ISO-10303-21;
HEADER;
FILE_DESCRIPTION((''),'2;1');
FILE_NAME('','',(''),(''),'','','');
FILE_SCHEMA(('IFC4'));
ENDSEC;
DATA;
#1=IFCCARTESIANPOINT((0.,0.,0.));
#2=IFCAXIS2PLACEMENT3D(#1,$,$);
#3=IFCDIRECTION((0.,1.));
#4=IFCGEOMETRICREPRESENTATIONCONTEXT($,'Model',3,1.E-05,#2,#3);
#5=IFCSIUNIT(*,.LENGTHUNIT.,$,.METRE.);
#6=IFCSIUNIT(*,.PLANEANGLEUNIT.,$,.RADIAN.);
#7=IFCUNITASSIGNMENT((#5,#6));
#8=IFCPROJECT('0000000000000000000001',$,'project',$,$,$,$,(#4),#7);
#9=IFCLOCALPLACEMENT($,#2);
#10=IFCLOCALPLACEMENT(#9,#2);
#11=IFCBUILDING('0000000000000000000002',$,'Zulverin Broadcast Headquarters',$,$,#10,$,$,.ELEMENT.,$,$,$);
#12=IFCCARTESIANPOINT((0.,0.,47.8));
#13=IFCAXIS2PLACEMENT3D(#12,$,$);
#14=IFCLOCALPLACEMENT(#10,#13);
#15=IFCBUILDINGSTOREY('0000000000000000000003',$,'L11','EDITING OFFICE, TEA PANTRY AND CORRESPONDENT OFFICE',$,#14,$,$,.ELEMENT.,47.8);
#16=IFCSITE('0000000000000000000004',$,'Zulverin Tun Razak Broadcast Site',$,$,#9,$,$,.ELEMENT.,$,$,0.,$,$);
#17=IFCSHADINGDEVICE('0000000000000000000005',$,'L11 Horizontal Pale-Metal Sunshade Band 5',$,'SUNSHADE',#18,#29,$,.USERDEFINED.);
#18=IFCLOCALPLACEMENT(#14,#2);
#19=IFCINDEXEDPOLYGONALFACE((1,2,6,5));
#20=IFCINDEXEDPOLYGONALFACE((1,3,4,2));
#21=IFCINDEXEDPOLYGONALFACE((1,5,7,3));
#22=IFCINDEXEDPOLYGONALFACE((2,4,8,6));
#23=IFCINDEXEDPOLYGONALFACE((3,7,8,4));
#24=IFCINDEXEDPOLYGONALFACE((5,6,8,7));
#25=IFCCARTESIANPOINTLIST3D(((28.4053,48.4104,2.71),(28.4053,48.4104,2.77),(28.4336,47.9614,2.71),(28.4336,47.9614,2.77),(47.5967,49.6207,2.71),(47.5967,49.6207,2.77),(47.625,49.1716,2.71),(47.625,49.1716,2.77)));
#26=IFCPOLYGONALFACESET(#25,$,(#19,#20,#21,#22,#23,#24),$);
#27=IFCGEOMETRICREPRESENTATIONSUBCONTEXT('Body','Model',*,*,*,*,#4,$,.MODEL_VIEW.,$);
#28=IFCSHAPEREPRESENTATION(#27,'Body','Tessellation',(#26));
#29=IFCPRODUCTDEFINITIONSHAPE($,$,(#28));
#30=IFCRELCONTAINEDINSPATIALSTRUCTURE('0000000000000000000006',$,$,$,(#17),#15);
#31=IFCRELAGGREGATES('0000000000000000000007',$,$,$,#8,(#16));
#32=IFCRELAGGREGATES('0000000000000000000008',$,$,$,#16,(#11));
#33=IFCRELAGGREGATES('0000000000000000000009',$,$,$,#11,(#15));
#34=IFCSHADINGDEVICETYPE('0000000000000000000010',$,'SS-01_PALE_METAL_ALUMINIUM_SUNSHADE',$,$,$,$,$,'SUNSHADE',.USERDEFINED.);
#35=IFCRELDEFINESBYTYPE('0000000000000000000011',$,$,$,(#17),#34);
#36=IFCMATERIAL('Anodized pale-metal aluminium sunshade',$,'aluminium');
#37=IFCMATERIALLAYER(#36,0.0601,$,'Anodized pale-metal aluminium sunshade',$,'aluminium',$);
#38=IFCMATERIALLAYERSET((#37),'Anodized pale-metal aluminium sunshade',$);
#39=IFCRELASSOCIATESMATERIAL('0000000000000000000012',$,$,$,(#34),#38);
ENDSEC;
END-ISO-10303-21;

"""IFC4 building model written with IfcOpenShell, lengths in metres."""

from ifc_helpers import new_model, si_unit, direction, frame, origin, origin_2d, place, context, subcontext, project, spatial, rectangle, extrude, material, layer, layer_set, type_object, element, save


model = new_model("IFC4")

# Units and contexts
model_context = context("Model", 3, precision=1e-05, world=origin(), true_north=direction((0.0, 1.0)))
body_context = subcontext(model_context, "Body", "Model", "MODEL_VIEW")
ifc_project = project(units=[si_unit("LENGTHUNIT", "METRE"), si_unit("PLANEANGLEUNIT", "RADIAN")], contexts=[model_context])

# Site, building, storey
site_placement = place(None, origin())
site = spatial("IfcSite", under=ifc_project, at=site_placement, Name="Zulverin Tun Razak Broadcast Site", CompositionType="ELEMENT", RefElevation=0.0)
building_placement = place(site_placement, origin())
building = spatial("IfcBuilding", under=site, at=building_placement, Name="Zulverin Broadcast Headquarters", CompositionType="ELEMENT")
storey_placement = place(building_placement, frame((0.0, 0.0, 47.8)))
storey = spatial("IfcBuildingStorey", under=building, at=storey_placement, Name="L11", Description="EDITING OFFICE, TEA PANTRY AND CORRESPONDENT OFFICE", CompositionType="ELEMENT", Elevation=47.8)

# Shading device
ifc_material_1 = material(Name="Anodized pale-metal aluminium sunshade", Category="aluminium")
ifc_layer_1 = layer(ifc_material_1, 0.0601, Name="Anodized pale-metal aluminium sunshade", Category="aluminium")
ifc_layer_set_1 = layer_set([ifc_layer_1], Name="Anodized pale-metal aluminium sunshade")
shading_device_type = type_object("IfcShadingDeviceType", Name="SS-01_PALE_METAL_ALUMINIUM_SUNSHADE", ElementType="SUNSHADE", PredefinedType="USERDEFINED", material=ifc_layer_set_1)
shading_device_placement = place(storey_placement, frame((38.0151, 48.791, 2.71), z_axis=(0.0, 0.0, 1.0), x_axis=(-0.998018, -0.062935, 0.0)))
element("IfcShadingDevice", 1, at=shading_device_placement, inside=storey, type_object=shading_device_type, Name="L11 Horizontal Pale-Metal Sunshade Band 5", ObjectType="SUNSHADE", PredefinedType="USERDEFINED", context=body_context, shape_type="SweptSolid", body=[
    extrude(rectangle(XDim=19.2295, YDim=0.45, at=origin_2d()), origin(), (0.0, 0.0, 1.0), 0.0601),
])

save(model, "model.ifc")
